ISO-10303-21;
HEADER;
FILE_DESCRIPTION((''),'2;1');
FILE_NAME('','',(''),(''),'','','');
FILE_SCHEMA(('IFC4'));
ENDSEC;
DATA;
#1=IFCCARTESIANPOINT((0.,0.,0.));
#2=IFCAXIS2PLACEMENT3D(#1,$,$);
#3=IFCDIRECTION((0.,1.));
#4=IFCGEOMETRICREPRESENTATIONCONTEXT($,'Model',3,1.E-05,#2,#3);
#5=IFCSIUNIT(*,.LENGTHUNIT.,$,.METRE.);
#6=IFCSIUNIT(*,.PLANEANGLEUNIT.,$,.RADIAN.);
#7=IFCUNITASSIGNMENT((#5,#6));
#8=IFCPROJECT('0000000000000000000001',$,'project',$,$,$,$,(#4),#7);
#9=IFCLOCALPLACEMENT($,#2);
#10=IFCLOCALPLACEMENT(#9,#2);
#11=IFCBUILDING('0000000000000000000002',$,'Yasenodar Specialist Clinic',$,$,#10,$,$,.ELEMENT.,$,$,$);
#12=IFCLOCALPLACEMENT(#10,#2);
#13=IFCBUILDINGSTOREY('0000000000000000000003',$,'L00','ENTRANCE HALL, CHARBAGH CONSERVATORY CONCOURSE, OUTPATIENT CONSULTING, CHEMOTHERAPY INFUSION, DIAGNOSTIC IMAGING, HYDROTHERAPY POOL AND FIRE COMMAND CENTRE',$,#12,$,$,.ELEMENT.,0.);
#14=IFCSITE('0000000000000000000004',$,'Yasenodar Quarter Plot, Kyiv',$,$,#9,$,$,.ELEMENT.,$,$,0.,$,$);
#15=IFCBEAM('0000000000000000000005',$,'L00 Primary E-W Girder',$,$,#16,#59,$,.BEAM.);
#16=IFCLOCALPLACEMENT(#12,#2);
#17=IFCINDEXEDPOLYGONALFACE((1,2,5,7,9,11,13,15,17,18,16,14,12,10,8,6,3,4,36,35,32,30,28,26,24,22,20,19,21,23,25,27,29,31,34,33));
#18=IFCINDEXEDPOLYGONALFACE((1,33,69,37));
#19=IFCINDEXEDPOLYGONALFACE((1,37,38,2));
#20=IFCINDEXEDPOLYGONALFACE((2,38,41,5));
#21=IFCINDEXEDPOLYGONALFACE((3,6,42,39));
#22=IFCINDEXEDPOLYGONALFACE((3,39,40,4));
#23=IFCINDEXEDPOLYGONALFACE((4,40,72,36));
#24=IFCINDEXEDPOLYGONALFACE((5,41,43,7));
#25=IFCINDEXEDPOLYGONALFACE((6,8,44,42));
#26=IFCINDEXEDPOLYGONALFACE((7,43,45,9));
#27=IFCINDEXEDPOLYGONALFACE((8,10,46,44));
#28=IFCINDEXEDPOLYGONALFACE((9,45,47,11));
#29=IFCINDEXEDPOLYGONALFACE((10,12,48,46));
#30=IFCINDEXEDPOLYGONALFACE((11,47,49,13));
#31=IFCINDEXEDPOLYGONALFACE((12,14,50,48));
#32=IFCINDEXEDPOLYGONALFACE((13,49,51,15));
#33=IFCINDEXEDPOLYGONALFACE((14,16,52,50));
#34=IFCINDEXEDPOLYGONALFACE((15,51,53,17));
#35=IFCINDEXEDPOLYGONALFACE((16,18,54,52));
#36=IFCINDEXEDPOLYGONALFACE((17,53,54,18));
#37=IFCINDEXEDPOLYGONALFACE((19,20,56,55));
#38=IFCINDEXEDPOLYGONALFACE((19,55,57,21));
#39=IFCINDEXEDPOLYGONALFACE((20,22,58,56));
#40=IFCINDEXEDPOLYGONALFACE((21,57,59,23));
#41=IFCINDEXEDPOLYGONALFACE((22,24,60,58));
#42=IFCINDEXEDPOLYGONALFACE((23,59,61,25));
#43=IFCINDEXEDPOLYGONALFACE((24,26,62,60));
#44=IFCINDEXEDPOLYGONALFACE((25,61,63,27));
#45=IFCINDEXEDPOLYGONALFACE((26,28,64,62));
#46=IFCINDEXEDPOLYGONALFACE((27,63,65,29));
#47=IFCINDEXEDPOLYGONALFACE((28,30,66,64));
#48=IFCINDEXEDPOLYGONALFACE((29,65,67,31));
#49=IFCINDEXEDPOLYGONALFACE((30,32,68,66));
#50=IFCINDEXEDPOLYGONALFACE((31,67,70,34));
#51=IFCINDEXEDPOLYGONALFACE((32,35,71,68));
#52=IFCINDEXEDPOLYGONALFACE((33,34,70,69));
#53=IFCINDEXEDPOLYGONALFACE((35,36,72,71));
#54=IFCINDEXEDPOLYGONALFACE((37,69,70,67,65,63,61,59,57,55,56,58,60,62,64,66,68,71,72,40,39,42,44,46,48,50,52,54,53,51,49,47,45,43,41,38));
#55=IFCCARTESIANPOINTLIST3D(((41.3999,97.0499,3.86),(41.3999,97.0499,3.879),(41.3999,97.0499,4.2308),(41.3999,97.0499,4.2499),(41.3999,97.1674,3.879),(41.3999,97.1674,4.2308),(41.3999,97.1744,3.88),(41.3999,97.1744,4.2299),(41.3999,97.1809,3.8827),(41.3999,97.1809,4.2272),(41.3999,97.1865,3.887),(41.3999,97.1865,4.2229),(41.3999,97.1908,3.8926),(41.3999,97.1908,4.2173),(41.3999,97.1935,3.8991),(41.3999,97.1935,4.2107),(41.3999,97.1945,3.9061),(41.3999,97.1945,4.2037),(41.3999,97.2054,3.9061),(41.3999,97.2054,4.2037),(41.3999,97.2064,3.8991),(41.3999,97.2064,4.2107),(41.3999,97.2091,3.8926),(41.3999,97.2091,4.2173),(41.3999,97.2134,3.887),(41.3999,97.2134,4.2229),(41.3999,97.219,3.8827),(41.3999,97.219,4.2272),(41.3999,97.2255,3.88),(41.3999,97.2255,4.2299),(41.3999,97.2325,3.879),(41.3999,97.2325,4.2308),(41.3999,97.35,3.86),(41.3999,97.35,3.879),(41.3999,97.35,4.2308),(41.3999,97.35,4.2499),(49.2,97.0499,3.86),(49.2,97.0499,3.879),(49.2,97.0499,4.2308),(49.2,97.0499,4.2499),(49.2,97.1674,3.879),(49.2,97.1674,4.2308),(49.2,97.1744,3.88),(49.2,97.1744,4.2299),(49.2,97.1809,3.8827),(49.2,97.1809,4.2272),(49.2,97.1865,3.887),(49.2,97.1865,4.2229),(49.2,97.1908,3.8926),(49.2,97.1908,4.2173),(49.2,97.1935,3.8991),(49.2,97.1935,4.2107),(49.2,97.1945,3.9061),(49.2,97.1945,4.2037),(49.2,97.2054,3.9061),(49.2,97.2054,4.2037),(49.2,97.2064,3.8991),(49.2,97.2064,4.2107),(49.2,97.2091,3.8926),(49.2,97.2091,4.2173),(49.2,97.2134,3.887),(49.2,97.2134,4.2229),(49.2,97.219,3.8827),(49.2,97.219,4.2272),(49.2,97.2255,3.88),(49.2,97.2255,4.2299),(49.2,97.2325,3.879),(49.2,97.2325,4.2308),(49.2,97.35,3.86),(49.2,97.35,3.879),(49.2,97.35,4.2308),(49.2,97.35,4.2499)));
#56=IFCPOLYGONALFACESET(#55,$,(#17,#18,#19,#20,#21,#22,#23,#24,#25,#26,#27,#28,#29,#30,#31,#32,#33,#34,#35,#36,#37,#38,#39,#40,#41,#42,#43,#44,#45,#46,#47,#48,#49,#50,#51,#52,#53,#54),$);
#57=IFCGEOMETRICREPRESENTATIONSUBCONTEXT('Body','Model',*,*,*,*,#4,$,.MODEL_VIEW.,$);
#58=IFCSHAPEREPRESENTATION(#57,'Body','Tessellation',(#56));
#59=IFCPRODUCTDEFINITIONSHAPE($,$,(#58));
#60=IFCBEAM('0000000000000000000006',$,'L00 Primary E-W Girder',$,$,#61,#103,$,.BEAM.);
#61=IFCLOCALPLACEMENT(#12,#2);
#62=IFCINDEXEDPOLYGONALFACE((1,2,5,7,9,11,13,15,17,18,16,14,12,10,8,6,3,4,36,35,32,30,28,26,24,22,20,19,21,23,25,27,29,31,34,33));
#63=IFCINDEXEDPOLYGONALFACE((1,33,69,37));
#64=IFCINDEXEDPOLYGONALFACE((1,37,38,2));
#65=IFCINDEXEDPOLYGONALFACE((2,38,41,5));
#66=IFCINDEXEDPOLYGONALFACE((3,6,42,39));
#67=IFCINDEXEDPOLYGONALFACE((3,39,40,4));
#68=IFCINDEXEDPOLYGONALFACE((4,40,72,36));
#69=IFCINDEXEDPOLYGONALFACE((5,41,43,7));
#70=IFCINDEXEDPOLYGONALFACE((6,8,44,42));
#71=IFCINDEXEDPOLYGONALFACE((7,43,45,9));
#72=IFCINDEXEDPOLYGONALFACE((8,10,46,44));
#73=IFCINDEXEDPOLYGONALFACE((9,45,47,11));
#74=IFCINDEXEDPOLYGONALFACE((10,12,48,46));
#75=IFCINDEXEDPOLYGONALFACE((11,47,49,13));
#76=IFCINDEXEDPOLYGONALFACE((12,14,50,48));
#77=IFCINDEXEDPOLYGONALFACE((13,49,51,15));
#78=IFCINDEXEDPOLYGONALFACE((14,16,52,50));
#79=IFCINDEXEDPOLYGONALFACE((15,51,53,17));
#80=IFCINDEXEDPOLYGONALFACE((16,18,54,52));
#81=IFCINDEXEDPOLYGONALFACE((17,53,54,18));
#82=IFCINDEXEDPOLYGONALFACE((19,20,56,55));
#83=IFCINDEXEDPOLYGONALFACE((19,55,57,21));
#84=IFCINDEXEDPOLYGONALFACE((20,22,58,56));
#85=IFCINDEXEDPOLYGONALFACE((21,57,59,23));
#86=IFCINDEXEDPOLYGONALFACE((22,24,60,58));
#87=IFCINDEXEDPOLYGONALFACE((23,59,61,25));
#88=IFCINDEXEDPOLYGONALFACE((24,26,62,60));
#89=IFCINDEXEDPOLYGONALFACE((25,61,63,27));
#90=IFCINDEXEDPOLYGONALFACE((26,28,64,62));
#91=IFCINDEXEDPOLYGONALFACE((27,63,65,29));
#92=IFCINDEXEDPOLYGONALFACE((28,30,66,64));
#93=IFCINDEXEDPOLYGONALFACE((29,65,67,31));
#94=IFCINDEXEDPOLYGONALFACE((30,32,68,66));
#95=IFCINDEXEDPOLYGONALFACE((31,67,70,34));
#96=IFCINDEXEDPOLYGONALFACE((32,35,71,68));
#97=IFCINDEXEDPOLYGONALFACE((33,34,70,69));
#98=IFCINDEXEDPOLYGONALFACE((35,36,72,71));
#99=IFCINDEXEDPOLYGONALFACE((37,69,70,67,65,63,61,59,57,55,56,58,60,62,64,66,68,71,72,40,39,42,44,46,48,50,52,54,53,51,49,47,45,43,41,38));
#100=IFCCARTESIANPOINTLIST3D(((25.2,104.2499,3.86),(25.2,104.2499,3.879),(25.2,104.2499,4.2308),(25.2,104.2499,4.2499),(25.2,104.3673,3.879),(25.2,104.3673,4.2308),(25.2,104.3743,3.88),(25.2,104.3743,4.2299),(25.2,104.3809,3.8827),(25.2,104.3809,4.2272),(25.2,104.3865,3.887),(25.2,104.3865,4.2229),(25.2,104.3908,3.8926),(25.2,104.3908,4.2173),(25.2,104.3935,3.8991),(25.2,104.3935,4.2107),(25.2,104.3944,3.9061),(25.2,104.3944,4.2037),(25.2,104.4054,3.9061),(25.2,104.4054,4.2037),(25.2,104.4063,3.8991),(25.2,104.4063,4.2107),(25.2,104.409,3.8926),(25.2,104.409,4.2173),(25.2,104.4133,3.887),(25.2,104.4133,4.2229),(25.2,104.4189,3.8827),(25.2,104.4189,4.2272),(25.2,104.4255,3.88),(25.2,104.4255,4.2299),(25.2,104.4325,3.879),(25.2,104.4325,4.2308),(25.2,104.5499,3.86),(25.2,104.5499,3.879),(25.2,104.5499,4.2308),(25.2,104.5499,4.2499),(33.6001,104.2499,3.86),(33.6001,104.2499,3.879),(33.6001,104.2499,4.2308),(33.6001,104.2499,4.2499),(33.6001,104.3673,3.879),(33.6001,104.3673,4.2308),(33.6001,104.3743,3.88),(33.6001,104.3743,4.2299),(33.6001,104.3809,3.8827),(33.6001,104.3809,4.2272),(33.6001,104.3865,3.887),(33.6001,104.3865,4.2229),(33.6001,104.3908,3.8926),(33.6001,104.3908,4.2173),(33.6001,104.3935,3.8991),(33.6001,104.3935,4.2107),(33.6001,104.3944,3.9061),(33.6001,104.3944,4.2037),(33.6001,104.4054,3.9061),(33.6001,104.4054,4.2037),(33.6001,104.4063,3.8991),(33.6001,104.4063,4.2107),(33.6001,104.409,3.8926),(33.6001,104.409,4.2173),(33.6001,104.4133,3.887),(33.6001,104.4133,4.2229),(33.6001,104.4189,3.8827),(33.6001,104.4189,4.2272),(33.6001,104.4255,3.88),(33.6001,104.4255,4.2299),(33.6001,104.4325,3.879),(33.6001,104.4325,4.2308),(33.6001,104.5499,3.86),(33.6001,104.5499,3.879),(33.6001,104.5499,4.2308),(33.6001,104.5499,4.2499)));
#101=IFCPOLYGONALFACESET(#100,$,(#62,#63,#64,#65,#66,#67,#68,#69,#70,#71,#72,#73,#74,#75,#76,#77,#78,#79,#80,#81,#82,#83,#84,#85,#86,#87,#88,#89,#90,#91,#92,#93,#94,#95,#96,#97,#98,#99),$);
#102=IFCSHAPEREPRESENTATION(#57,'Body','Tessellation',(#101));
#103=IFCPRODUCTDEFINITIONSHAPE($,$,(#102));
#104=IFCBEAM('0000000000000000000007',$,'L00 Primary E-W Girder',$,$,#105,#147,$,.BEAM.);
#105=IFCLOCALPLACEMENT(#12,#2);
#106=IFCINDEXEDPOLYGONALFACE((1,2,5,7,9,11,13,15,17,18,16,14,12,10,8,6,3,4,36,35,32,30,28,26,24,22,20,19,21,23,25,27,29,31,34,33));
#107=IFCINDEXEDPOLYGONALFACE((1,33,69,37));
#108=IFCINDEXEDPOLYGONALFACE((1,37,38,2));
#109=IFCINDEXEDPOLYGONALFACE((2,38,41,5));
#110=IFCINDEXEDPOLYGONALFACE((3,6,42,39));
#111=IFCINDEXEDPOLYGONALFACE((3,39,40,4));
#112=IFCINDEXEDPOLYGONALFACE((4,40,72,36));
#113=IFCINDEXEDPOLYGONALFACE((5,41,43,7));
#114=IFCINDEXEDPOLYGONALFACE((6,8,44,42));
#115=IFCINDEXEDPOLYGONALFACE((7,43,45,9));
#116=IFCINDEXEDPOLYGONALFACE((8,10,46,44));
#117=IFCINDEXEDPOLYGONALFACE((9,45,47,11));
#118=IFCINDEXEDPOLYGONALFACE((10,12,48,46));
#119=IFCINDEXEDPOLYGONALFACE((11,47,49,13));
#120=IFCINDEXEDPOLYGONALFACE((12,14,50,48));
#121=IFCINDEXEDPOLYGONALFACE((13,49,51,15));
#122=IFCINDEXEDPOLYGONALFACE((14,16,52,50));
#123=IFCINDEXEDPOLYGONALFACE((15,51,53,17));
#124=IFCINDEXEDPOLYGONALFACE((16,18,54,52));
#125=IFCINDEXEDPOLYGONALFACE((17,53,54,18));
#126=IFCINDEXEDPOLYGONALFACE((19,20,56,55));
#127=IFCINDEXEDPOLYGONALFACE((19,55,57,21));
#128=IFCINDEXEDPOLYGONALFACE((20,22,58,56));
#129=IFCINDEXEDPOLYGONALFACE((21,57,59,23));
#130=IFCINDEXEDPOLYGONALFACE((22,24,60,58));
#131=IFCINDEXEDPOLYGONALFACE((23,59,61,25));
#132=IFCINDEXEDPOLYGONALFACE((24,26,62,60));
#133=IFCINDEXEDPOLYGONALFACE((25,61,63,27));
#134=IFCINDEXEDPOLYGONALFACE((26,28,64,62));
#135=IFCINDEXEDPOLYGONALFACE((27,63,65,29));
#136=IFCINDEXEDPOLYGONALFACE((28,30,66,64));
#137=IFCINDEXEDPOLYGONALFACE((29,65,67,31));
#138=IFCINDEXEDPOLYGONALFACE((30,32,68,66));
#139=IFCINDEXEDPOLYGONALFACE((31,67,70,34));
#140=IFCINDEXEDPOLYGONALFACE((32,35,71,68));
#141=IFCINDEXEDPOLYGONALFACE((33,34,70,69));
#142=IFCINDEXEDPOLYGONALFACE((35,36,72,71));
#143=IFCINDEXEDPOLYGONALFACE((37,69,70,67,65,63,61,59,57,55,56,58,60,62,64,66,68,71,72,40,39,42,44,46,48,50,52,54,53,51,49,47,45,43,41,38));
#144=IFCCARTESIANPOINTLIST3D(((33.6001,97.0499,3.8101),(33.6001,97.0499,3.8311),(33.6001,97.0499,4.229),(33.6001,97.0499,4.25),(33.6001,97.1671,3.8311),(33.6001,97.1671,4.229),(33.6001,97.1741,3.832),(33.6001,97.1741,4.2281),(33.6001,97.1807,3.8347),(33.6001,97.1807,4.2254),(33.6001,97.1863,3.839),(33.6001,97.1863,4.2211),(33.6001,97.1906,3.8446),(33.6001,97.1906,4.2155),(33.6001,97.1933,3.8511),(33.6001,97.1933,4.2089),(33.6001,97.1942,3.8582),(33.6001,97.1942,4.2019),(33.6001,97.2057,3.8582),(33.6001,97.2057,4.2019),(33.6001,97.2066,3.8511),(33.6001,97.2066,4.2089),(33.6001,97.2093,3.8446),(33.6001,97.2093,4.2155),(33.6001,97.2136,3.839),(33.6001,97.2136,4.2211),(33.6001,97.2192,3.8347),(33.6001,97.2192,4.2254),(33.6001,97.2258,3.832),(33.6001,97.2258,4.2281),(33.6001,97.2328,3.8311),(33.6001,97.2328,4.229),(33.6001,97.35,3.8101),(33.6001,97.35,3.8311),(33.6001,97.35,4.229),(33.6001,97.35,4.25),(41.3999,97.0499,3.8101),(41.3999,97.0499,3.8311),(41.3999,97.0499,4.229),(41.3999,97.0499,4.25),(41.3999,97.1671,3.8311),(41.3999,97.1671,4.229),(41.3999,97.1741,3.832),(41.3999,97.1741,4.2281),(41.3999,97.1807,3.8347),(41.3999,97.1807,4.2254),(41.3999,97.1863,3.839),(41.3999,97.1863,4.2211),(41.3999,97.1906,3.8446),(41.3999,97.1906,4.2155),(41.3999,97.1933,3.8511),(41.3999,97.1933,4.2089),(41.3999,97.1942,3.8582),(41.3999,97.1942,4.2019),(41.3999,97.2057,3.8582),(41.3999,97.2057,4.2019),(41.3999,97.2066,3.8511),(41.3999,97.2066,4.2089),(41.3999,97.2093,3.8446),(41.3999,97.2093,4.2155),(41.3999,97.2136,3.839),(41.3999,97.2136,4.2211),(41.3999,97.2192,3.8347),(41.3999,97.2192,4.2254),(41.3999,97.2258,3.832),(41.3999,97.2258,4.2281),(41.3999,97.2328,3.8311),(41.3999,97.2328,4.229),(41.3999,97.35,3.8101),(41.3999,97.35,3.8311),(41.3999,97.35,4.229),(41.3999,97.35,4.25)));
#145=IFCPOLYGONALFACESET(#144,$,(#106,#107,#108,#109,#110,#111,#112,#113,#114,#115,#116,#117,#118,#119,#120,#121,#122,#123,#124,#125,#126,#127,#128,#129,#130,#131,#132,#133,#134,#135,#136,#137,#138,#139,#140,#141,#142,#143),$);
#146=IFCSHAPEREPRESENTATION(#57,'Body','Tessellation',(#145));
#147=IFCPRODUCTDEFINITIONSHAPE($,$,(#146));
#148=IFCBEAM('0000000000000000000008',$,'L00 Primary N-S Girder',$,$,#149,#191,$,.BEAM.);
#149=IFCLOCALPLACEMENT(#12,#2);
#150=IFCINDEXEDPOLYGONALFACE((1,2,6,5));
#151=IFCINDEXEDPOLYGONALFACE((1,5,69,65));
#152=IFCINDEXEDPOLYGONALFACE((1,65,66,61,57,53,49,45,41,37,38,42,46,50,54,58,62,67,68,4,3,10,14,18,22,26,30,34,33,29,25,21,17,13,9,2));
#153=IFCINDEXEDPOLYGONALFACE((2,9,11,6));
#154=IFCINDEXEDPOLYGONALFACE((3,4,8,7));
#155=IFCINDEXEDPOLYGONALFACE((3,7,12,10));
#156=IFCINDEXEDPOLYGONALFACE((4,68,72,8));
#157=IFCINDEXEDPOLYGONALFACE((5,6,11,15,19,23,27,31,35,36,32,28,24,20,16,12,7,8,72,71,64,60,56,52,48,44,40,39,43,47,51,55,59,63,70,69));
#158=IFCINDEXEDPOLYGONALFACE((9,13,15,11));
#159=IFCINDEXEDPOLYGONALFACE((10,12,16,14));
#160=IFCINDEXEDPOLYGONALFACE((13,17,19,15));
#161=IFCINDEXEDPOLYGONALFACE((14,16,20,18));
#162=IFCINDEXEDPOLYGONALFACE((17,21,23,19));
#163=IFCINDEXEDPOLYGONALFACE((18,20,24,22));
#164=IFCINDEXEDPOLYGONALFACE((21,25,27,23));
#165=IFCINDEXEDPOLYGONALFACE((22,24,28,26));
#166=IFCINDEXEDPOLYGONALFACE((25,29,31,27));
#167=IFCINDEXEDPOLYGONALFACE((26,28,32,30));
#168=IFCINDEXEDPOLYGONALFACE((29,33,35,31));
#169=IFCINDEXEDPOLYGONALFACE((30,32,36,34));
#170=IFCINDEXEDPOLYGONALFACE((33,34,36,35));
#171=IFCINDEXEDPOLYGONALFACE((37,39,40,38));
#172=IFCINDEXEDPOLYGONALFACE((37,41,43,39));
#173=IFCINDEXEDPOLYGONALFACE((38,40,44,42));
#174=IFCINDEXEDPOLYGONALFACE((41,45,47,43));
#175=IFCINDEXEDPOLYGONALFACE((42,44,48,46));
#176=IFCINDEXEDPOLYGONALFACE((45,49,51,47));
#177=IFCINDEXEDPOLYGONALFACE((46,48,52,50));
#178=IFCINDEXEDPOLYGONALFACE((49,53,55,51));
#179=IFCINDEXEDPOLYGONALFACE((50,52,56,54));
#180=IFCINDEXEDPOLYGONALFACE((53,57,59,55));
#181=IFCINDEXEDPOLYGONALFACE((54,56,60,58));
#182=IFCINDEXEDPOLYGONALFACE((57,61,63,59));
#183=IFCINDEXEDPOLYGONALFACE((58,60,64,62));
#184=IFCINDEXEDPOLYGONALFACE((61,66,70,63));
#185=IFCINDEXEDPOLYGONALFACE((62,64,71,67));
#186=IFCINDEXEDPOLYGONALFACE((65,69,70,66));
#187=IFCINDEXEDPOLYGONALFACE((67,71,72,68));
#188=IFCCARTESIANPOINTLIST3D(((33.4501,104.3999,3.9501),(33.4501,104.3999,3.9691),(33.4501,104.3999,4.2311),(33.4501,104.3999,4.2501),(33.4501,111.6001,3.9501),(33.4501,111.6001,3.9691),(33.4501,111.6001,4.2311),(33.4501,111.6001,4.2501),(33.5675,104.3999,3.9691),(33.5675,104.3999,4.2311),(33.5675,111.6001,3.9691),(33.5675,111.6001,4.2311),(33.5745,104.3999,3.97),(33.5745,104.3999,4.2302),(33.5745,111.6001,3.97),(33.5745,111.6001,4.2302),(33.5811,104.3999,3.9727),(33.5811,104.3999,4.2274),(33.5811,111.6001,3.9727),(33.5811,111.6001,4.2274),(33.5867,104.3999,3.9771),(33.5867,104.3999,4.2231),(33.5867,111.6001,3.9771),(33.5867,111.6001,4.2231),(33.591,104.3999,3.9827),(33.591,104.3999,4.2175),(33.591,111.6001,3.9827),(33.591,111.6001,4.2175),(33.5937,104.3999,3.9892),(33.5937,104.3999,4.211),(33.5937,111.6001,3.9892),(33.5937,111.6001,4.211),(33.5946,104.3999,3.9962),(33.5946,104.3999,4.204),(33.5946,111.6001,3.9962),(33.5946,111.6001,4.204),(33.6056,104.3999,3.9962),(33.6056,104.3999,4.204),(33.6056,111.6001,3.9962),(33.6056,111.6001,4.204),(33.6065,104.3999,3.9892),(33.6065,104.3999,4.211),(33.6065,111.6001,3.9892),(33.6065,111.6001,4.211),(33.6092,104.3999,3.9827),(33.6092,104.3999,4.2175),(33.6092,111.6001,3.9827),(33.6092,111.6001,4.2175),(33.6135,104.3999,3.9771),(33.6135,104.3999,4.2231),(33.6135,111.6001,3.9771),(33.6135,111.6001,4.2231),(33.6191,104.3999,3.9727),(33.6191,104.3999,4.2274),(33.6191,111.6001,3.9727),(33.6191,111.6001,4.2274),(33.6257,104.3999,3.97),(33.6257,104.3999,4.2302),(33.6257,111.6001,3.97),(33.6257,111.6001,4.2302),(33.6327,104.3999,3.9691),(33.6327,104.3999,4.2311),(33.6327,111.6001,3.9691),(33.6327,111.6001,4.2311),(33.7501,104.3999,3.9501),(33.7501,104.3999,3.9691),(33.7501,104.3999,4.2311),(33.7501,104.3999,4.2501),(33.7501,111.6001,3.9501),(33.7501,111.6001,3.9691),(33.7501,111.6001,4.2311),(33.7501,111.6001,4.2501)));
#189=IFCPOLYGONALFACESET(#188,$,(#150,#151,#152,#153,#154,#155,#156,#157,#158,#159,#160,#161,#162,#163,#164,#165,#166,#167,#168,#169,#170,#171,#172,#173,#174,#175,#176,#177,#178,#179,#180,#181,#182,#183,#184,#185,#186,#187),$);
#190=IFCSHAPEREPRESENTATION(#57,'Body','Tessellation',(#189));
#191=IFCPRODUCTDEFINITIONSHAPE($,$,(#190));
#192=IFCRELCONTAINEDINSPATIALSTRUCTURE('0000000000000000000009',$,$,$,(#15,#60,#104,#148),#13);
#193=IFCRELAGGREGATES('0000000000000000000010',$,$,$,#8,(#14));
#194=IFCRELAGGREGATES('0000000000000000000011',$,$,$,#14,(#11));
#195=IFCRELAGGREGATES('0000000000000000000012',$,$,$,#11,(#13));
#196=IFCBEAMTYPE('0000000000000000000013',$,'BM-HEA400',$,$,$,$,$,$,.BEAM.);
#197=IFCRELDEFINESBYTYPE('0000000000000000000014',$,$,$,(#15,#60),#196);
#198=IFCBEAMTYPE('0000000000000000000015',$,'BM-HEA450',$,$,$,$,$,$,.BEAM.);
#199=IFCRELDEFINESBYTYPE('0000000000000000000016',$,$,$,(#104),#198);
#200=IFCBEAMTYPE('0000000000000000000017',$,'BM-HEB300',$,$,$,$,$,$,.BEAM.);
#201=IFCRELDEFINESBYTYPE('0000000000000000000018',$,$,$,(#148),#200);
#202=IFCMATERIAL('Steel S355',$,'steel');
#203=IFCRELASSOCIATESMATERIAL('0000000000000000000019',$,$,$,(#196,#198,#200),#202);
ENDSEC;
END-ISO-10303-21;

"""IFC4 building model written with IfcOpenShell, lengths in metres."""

from ifc_helpers import new_model, si_unit, direction, frame, origin, origin_2d, place, context, subcontext, project, spatial, i_section, extrude, material, material_profile, profile_set, type_object, element, save


model = new_model("IFC4")

# Units and contexts
model_context = context("Model", 3, precision=1e-05, world=origin(), true_north=direction((0.0, 1.0)))
body_context = subcontext(model_context, "Body", "Model", "MODEL_VIEW")
ifc_project = project(units=[si_unit("LENGTHUNIT", "METRE"), si_unit("PLANEANGLEUNIT", "RADIAN")], contexts=[model_context])

# Site, building, storey
site_placement = place(None, origin())
site = spatial("IfcSite", under=ifc_project, at=site_placement, Name="Yasenodar Quarter Plot, Kyiv", CompositionType="ELEMENT", RefElevation=0.0)
building_placement = place(site_placement, origin())
building = spatial("IfcBuilding", under=site, at=building_placement, Name="Yasenodar Specialist Clinic", CompositionType="ELEMENT")
storey_placement = place(building_placement, origin())
storey = spatial("IfcBuildingStorey", under=building, at=storey_placement, Name="L00", Description="ENTRANCE HALL, CHARBAGH CONSERVATORY CONCOURSE, OUTPATIENT CONSULTING, CHEMOTHERAPY INFUSION, DIAGNOSTIC IMAGING, HYDROTHERAPY POOL AND FIRE COMMAND CENTRE", CompositionType="ELEMENT", Elevation=0.0)

# Shared definitions
ifc_material_1 = material(Name="Steel S355", Category="steel")

# Beams
ifc_material_profile_1 = material_profile(ifc_material_1, i_section(OverallWidth=0.3, OverallDepth=0.3899, WebThickness=0.011, FlangeThickness=0.019, FilletRadius=0.0271, at=origin_2d()), Name="HEA 400")
ifc_profile_set_1 = profile_set([ifc_material_profile_1], Name="Steel S355")
beam_type_1 = type_object("IfcBeamType", Name="BM-HEA400", PredefinedType="BEAM", material=ifc_profile_set_1)
beam_1_placement = place(storey_placement, frame((41.3999, 97.2, 4.0549), z_axis=(1.0, 0.0, 0.0), x_axis=(0.0, 1.0, 0.0)))
element("IfcBeam", 1, at=beam_1_placement, inside=storey, type_object=beam_type_1, Name="L00 Primary E-W Girder", PredefinedType="BEAM", context=body_context, shape_type="SweptSolid", body=[
    extrude(i_section(OverallWidth=0.3, OverallDepth=0.3899, WebThickness=0.011, FlangeThickness=0.019, FilletRadius=0.0271, at=origin_2d()), origin(), (0.0, 0.0, 1.0), 7.8),
])
beam_2_placement = place(storey_placement, frame((25.2, 104.3999, 4.0549), z_axis=(1.0, 0.0, 0.0), x_axis=(0.0, 1.0, 0.0)))
element("IfcBeam", 2, at=beam_2_placement, inside=storey, type_object=beam_type_1, Name="L00 Primary E-W Girder", PredefinedType="BEAM", context=body_context, shape_type="SweptSolid", body=[
    extrude(i_section(OverallWidth=0.3, OverallDepth=0.3899, WebThickness=0.011, FlangeThickness=0.019, FilletRadius=0.0271, at=origin_2d()), origin(), (0.0, 0.0, 1.0), 8.4001),
])
ifc_material_profile_2 = material_profile(ifc_material_1, i_section(OverallWidth=0.3, OverallDepth=0.4399, WebThickness=0.0115, FlangeThickness=0.021, FilletRadius=0.0271, at=origin_2d()), Name="HEA 450")
ifc_profile_set_2 = profile_set([ifc_material_profile_2], Name="Steel S355")
beam_type_2 = type_object("IfcBeamType", Name="BM-HEA450", PredefinedType="BEAM", material=ifc_profile_set_2)
beam_3_placement = place(storey_placement, frame((33.6001, 97.2, 4.03), z_axis=(1.0, 0.0, 0.0), x_axis=(0.0, 1.0, 0.0)))
element("IfcBeam", 3, at=beam_3_placement, inside=storey, type_object=beam_type_2, Name="L00 Primary E-W Girder", PredefinedType="BEAM", context=body_context, shape_type="SweptSolid", body=[
    extrude(i_section(OverallWidth=0.3, OverallDepth=0.4399, WebThickness=0.0115, FlangeThickness=0.021, FilletRadius=0.0271, at=origin_2d()), origin(), (0.0, 0.0, 1.0), 7.7998),
])
ifc_material_profile_3 = material_profile(ifc_material_1, i_section(OverallWidth=0.3, OverallDepth=0.3, WebThickness=0.011, FlangeThickness=0.019, FilletRadius=0.0271, at=origin_2d()), Name="HEB 300")
ifc_profile_set_3 = profile_set([ifc_material_profile_3], Name="Steel S355")
beam_type_3 = type_object("IfcBeamType", Name="BM-HEB300", PredefinedType="BEAM", material=ifc_profile_set_3)
beam_4_placement = place(storey_placement, frame((33.6001, 104.3999, 4.1001), z_axis=(0.0, 1.0, 0.0), x_axis=(-1.0, 0.0, 0.0)))
element("IfcBeam", 4, at=beam_4_placement, inside=storey, type_object=beam_type_3, Name="L00 Primary N-S Girder", PredefinedType="BEAM", context=body_context, shape_type="SweptSolid", body=[
    extrude(i_section(OverallWidth=0.3, OverallDepth=0.3, WebThickness=0.011, FlangeThickness=0.019, FilletRadius=0.0271, at=origin_2d()), origin(), (0.0, 0.0, 1.0), 7.2002),
])

save(model, "model.ifc")
